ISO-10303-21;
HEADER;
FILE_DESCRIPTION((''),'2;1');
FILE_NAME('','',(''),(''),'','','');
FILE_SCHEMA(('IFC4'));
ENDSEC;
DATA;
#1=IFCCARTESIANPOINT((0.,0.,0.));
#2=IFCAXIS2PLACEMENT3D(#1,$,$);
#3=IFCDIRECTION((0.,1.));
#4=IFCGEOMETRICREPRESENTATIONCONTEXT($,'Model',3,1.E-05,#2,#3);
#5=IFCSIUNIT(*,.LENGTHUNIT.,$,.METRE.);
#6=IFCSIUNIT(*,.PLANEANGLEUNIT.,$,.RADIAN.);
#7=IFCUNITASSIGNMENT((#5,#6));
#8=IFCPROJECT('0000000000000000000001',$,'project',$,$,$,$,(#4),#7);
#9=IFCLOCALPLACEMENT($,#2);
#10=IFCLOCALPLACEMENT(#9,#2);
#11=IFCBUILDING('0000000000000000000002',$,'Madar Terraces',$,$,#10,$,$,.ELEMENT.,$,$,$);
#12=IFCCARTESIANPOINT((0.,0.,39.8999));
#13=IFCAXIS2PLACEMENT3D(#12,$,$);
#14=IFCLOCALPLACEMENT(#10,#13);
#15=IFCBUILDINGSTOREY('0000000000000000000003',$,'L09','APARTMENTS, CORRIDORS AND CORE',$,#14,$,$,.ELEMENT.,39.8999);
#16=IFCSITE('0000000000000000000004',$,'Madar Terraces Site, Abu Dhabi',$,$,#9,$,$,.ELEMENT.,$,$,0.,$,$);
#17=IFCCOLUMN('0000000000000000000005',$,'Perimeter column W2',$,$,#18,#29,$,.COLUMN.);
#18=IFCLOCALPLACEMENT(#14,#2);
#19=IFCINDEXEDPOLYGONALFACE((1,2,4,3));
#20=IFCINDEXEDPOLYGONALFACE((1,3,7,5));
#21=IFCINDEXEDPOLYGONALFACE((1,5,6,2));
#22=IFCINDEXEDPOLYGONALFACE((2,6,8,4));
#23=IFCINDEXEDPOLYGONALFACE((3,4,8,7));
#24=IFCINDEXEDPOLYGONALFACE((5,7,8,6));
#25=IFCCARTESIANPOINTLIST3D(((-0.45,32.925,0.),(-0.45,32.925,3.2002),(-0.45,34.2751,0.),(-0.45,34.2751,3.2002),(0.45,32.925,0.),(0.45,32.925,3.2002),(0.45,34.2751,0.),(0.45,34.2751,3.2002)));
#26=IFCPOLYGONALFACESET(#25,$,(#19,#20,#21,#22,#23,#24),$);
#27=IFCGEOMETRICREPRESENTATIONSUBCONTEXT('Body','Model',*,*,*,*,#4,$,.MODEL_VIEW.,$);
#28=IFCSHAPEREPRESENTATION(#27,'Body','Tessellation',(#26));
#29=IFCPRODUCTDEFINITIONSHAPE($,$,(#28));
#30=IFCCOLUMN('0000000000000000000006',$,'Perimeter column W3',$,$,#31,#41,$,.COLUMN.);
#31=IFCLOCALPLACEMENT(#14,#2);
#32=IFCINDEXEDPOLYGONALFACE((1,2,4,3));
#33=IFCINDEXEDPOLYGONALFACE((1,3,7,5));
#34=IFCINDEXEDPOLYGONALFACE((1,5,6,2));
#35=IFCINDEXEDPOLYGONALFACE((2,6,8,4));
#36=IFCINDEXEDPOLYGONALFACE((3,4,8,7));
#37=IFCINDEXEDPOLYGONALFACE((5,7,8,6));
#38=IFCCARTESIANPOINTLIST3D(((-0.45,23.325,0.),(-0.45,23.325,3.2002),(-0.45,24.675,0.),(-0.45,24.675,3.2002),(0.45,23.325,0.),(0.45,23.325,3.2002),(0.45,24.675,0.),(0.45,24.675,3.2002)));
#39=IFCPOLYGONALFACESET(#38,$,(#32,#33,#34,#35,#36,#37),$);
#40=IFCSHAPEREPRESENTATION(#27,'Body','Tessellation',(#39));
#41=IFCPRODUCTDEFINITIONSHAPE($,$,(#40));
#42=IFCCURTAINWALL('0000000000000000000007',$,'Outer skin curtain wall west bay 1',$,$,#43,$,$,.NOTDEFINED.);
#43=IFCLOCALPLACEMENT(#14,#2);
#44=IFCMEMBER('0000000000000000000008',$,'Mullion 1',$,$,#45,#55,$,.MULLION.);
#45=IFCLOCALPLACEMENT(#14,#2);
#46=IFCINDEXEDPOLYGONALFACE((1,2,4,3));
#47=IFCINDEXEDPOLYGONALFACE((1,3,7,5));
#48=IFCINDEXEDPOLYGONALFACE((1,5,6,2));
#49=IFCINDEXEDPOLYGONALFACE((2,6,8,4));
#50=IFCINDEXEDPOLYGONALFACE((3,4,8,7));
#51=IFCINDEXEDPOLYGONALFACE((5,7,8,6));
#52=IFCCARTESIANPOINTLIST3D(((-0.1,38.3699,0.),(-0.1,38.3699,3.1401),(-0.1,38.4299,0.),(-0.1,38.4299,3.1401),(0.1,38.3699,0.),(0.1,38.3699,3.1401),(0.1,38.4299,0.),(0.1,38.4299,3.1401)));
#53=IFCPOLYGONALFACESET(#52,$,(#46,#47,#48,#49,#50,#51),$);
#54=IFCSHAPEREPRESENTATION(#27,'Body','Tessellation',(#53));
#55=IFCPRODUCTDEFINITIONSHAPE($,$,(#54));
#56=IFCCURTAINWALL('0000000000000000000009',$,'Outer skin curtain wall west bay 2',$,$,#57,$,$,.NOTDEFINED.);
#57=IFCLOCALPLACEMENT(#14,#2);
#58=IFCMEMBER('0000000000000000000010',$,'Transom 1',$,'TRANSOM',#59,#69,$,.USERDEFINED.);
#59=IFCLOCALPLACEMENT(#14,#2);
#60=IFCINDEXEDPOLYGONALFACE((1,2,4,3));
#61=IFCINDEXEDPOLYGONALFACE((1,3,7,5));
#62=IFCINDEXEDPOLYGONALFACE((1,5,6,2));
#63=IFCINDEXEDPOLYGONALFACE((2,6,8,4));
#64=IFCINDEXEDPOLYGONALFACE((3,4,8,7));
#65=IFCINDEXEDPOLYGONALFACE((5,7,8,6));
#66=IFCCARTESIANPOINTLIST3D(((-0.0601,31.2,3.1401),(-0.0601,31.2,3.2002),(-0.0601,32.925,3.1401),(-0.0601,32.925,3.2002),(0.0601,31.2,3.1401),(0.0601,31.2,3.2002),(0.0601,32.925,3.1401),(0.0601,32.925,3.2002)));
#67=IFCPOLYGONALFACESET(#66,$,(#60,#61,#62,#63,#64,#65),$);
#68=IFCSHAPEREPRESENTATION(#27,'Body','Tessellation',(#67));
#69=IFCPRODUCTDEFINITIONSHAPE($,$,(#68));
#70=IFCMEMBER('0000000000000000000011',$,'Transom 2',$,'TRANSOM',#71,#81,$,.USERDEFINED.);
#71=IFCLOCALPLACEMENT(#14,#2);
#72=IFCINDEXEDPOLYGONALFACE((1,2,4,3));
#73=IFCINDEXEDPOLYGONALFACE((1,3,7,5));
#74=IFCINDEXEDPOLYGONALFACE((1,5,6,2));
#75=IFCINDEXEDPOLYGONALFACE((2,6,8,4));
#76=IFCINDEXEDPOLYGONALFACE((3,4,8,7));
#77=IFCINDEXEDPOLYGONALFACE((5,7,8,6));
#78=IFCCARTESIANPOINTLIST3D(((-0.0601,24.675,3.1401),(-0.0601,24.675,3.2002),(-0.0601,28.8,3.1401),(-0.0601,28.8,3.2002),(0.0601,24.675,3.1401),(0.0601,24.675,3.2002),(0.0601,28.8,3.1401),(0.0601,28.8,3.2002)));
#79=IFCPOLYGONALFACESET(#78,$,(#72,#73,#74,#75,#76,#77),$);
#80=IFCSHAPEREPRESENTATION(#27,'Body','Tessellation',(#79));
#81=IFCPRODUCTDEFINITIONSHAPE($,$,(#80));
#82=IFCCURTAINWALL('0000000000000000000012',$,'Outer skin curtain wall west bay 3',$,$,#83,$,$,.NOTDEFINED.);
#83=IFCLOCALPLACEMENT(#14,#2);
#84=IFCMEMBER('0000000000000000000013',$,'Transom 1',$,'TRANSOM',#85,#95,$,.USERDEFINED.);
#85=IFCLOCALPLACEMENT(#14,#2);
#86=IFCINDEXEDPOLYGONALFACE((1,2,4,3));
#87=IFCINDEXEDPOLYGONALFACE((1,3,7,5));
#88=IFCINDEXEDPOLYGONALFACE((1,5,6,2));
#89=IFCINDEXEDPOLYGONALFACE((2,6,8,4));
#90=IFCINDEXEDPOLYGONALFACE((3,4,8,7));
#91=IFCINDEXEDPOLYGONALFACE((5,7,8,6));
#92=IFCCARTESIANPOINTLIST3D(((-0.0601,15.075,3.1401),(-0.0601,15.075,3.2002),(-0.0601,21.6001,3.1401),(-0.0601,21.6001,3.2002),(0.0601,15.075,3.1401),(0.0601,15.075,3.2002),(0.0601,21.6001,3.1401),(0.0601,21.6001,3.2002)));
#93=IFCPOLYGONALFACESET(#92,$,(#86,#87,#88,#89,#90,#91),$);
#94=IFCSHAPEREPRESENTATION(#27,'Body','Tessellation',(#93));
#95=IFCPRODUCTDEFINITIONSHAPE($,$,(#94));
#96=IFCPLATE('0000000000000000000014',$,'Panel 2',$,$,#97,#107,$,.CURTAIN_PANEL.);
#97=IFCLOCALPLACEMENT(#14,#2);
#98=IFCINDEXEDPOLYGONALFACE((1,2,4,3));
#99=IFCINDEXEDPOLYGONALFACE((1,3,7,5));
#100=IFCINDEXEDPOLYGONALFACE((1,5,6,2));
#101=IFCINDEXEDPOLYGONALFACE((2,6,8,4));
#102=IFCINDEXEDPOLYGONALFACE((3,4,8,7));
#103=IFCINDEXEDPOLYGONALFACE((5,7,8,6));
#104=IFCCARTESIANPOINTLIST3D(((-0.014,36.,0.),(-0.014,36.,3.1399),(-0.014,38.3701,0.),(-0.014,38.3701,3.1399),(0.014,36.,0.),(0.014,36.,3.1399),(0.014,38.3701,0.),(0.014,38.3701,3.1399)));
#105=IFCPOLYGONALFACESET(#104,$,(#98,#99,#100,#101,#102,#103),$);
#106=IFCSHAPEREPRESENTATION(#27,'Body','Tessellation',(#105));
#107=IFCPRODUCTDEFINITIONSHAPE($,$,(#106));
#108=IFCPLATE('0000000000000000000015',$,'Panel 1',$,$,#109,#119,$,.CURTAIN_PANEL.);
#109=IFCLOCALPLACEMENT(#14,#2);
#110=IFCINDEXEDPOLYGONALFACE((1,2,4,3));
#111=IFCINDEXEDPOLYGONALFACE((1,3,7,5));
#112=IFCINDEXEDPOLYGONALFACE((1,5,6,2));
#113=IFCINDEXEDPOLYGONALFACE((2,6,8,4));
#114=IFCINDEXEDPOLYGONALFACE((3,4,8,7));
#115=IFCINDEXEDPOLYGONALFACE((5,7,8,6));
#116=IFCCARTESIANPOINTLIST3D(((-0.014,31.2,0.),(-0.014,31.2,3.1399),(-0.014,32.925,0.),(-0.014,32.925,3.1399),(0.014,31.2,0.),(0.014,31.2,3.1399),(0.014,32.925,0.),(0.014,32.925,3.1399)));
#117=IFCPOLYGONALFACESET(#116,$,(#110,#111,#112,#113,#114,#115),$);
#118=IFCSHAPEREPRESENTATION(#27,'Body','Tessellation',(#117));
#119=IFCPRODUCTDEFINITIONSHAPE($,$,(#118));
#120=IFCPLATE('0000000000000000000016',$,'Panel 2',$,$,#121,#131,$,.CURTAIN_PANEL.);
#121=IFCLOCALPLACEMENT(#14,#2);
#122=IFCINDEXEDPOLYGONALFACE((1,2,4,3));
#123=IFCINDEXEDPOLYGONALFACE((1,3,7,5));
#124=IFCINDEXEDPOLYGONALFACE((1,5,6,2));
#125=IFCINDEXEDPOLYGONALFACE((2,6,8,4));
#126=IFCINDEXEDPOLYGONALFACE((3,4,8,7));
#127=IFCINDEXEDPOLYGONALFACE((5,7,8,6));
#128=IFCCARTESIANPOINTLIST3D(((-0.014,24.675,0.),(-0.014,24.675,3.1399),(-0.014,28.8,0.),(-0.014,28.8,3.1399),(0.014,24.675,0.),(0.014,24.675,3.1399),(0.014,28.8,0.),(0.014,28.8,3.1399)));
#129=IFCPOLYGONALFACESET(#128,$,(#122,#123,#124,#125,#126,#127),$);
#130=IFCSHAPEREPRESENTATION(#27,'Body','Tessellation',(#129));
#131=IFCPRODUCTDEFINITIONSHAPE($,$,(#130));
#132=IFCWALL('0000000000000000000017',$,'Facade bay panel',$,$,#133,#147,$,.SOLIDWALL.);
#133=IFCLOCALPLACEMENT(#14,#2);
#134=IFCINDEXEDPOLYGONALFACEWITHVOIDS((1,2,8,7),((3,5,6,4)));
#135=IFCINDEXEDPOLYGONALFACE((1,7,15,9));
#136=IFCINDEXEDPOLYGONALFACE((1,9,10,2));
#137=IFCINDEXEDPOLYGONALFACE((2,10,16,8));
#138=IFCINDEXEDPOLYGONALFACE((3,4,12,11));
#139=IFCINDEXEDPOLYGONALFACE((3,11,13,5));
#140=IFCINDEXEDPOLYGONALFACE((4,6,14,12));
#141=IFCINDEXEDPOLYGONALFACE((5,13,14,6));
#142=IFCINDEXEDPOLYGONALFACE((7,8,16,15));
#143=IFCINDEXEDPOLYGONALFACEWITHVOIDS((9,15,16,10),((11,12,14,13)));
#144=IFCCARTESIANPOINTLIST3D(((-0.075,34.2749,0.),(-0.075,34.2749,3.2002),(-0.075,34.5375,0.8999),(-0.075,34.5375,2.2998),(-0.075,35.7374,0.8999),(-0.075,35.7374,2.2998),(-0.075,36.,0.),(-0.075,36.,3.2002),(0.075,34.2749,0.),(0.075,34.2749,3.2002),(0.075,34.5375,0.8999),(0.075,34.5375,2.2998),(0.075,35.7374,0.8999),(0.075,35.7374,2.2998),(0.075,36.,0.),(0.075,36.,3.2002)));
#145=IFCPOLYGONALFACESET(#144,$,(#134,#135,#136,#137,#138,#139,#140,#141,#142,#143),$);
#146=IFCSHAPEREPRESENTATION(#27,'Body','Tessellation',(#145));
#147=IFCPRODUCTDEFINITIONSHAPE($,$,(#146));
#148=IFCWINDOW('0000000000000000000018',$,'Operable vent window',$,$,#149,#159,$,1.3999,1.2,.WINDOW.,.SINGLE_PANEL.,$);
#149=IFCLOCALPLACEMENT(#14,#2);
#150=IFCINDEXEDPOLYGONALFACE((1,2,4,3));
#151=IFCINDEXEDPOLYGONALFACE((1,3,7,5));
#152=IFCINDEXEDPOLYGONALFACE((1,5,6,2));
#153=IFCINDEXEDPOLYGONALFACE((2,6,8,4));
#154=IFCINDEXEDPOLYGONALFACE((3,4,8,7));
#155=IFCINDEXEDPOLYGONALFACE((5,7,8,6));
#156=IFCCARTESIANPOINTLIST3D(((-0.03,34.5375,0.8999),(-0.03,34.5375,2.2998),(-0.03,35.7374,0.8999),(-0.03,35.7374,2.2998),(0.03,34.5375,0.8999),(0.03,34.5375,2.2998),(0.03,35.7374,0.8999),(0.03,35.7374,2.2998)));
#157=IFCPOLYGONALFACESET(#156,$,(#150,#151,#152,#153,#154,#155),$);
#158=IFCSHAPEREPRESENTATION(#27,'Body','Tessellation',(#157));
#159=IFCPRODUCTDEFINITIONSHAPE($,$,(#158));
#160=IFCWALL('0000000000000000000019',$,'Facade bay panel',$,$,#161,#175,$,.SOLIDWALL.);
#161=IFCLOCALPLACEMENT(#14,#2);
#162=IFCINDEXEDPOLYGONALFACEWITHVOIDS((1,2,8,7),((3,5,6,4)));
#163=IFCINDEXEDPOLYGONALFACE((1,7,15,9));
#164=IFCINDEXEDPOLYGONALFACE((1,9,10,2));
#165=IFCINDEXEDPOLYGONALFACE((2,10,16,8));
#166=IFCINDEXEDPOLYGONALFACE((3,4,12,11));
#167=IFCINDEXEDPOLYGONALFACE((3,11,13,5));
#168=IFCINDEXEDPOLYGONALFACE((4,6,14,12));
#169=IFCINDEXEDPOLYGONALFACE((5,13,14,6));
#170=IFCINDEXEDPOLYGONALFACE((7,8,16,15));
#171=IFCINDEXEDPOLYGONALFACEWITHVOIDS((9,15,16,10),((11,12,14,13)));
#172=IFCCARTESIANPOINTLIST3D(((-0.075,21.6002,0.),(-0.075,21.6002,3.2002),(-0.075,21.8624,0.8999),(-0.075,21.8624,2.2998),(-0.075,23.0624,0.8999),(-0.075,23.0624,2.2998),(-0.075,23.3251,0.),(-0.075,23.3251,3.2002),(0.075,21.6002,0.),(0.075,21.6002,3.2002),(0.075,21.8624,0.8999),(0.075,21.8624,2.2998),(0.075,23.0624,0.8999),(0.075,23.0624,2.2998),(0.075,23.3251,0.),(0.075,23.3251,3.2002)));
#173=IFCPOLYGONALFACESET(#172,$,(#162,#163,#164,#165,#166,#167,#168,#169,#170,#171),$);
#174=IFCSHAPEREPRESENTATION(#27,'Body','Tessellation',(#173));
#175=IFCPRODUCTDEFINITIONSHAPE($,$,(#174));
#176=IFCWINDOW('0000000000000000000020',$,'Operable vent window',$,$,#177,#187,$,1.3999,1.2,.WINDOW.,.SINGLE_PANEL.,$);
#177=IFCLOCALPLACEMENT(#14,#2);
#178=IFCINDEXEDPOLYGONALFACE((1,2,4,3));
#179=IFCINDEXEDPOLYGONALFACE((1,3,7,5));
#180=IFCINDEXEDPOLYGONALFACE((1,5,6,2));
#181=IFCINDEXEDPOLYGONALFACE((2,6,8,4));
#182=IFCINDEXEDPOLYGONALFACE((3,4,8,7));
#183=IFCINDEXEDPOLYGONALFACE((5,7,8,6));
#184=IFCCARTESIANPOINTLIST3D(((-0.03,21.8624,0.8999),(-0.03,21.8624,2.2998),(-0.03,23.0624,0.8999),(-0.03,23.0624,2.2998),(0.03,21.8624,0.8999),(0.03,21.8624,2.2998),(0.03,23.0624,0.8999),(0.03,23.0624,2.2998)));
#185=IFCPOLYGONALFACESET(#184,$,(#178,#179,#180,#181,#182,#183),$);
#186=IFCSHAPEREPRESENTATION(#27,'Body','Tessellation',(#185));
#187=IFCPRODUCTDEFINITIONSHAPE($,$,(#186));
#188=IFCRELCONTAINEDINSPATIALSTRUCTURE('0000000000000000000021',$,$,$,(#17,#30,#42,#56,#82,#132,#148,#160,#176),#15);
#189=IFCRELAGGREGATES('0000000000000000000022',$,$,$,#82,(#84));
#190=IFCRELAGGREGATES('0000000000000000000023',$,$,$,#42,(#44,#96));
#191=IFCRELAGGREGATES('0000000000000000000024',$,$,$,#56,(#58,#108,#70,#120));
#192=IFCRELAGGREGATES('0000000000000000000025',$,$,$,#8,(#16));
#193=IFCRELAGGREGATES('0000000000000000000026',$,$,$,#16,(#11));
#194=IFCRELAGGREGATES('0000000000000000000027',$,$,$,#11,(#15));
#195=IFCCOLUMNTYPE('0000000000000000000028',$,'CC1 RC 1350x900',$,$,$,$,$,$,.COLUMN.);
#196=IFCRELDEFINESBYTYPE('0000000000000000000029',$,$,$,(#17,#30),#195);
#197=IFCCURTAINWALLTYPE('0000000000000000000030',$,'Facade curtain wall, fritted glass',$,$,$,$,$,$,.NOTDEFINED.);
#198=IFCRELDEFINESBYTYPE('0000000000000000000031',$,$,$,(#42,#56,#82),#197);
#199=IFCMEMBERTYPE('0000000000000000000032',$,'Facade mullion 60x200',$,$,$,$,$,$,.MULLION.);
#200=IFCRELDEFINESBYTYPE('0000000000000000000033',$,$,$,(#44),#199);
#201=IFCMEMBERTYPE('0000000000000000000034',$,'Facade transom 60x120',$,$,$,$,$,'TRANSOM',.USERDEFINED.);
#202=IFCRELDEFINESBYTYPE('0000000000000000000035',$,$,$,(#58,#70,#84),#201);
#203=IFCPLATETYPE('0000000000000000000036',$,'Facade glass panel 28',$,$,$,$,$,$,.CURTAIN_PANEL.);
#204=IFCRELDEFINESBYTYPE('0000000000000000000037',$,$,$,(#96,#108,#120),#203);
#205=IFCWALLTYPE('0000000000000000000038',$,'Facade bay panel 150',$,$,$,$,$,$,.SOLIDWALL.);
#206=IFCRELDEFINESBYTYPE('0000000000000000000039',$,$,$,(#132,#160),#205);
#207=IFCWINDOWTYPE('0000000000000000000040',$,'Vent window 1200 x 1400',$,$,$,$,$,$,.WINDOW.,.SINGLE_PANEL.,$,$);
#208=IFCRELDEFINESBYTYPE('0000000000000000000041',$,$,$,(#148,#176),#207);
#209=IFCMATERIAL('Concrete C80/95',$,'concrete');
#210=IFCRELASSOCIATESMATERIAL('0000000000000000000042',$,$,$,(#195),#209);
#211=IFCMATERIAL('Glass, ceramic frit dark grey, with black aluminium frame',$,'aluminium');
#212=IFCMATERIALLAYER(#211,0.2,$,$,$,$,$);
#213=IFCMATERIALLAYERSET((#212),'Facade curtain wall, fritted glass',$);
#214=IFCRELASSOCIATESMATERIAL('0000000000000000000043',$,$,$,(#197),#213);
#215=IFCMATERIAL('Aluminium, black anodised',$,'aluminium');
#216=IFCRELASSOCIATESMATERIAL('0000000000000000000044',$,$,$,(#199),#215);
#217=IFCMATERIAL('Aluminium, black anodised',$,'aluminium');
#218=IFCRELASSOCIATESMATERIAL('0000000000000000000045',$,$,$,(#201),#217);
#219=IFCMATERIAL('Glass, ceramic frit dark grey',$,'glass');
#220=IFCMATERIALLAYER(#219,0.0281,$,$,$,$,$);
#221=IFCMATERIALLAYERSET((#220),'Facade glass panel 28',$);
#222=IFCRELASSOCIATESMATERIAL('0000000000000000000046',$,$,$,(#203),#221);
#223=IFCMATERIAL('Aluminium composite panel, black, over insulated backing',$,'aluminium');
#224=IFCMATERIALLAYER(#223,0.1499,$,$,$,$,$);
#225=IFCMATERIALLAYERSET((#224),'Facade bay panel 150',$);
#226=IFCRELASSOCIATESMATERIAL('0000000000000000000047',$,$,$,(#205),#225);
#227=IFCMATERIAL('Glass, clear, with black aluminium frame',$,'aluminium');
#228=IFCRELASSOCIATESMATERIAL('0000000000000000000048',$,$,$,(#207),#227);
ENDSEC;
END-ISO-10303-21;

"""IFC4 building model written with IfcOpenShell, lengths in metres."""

from ifc_helpers import new_model, si_unit, direction, frame, frame_2d, origin, origin_2d, place, context, subcontext, project, spatial, rectangle, extrude, material, layer, layer_set, material_profile, profile_set, type_object, element, fill, aggregate, save


model = new_model("IFC4")

# Units and contexts
model_context = context("Model", 3, precision=1e-05, world=origin(), true_north=direction((0.0, 1.0)))
body_context = subcontext(model_context, "Body", "Model", "MODEL_VIEW")
ifc_project = project(units=[si_unit("LENGTHUNIT", "METRE"), si_unit("PLANEANGLEUNIT", "RADIAN")], contexts=[model_context])

# Site, building, storey
site_placement = place(None, origin())
site = spatial("IfcSite", under=ifc_project, at=site_placement, Name="Madar Terraces Site, Abu Dhabi", CompositionType="ELEMENT", RefElevation=0.0)
building_placement = place(site_placement, origin())
building = spatial("IfcBuilding", under=site, at=building_placement, Name="Madar Terraces", CompositionType="ELEMENT")
storey_placement = place(building_placement, frame((0.0, 0.0, 39.8999)))
storey = spatial("IfcBuildingStorey", under=building, at=storey_placement, Name="L09", Description="APARTMENTS, CORRIDORS AND CORE", CompositionType="ELEMENT", Elevation=39.8999)

# Columns
ifc_material_1 = material(Name="Concrete C80/95", Category="concrete")
ifc_material_profile_1 = material_profile(ifc_material_1, rectangle(XDim=1.3501, YDim=0.8999, at=origin_2d()), Name="CC1 RC 1350x900")
ifc_profile_set_1 = profile_set([ifc_material_profile_1], Name="Concrete C80/95")
column_type = type_object("IfcColumnType", Name="CC1 RC 1350x900", PredefinedType="COLUMN", material=ifc_profile_set_1)
for number, where, z_axis, x_axis, name in (
    (1, (0.0, 33.6001, 0.0), (0.0, 0.0, 1.0), (0.0, 1.0, 0.0), "Perimeter column W2"),
    (2, (0.0, 24.0, 0.0), (0.0, 0.0, 1.0), (0.0, 1.0, 0.0), "Perimeter column W3"),
):
    element("IfcColumn", number, at=place(storey_placement, frame(where, z_axis=z_axis, x_axis=x_axis)), inside=storey, type_object=column_type, Name=name, PredefinedType="COLUMN", context=body_context, shape_type="SweptSolid", body=[
        extrude(rectangle(XDim=1.3501, YDim=0.8999, at=origin_2d()), origin(), (0.0, 0.0, 1.0), 3.2002),
    ])

# Curtain wall, member
ifc_material_2 = material(Name="Glass, ceramic frit dark grey, with black aluminium frame", Category="aluminium")
ifc_layer_1 = layer(ifc_material_2, 0.2)
ifc_layer_set_1 = layer_set([ifc_layer_1], Name="Facade curtain wall, fritted glass")
curtain_wall_type = type_object("IfcCurtainWallType", Name="Facade curtain wall, fritted glass", PredefinedType="NOTDEFINED", material=ifc_layer_set_1)
curtain_wall_1_placement = place(storey_placement, origin())
curtain_wall_1 = element("IfcCurtainWall", 3, at=curtain_wall_1_placement, inside=storey, type_object=curtain_wall_type, Name="Outer skin curtain wall west bay 1", PredefinedType="NOTDEFINED")
ifc_material_3 = material(Name="Aluminium, black anodised", Category="aluminium")
ifc_material_profile_2 = material_profile(ifc_material_3, rectangle(XDim=0.2, YDim=0.0601, at=origin_2d()), Name="Facade mullion 60x200")
ifc_profile_set_2 = profile_set([ifc_material_profile_2], Name="Aluminium, black anodised")
member_type_1 = type_object("IfcMemberType", Name="Facade mullion 60x200", PredefinedType="MULLION", material=ifc_profile_set_2)
member_1_placement = place(storey_placement, frame((0.0, 38.3999, 0.0), z_axis=(0.0, 0.0, 1.0), x_axis=(1.0, 0.0, 0.0)))
member_1 = element("IfcMember", 4, at=member_1_placement, type_object=member_type_1, Name="Mullion 1", PredefinedType="MULLION", context=body_context, shape_type="SweptSolid", body=[
    extrude(rectangle(XDim=0.2, YDim=0.0601, at=origin_2d()), origin(), (0.0, 0.0, 1.0), 3.1401),
])

# Curtain wall, members
curtain_wall_2_placement = place(storey_placement, origin())
curtain_wall_2 = element("IfcCurtainWall", 5, at=curtain_wall_2_placement, inside=storey, type_object=curtain_wall_type, Name="Outer skin curtain wall west bay 2", PredefinedType="NOTDEFINED")
ifc_material_4 = material(Name="Aluminium, black anodised", Category="aluminium")
ifc_material_profile_3 = material_profile(ifc_material_4, rectangle(XDim=0.1201, YDim=0.0601, at=origin_2d()), Name="Facade transom 60x120")
ifc_profile_set_3 = profile_set([ifc_material_profile_3], Name="Aluminium, black anodised")
member_type_2 = type_object("IfcMemberType", Name="Facade transom 60x120", ElementType="TRANSOM", PredefinedType="USERDEFINED", material=ifc_profile_set_3)
member_2_placement = place(storey_placement, frame((0.0, 32.925, 3.1702), z_axis=(0.0, -1.0, 0.0), x_axis=(1.0, 0.0, 0.0)))
member_2 = element("IfcMember", 6, at=member_2_placement, type_object=member_type_2, Name="Transom 1", ObjectType="TRANSOM", PredefinedType="USERDEFINED", context=body_context, shape_type="SweptSolid", body=[
    extrude(rectangle(XDim=0.1201, YDim=0.0601, at=origin_2d()), origin(), (0.0, 0.0, 1.0), 1.7251),
])
member_3_placement = place(storey_placement, frame((0.0, 28.8, 3.1702), z_axis=(0.0, -1.0, 0.0), x_axis=(1.0, 0.0, 0.0)))
member_3 = element("IfcMember", 7, at=member_3_placement, type_object=member_type_2, Name="Transom 2", ObjectType="TRANSOM", PredefinedType="USERDEFINED", context=body_context, shape_type="SweptSolid", body=[
    extrude(rectangle(XDim=0.1201, YDim=0.0601, at=origin_2d()), origin(), (0.0, 0.0, 1.0), 4.125),
])

# Curtain wall, member
curtain_wall_3_placement = place(storey_placement, origin())
curtain_wall_3 = element("IfcCurtainWall", 8, at=curtain_wall_3_placement, inside=storey, type_object=curtain_wall_type, Name="Outer skin curtain wall west bay 3", PredefinedType="NOTDEFINED")
member_4_placement = place(storey_placement, frame((0.0, 21.6001, 3.1702), z_axis=(0.0, -1.0, 0.0), x_axis=(1.0, 0.0, 0.0)))
member_4 = element("IfcMember", 9, at=member_4_placement, type_object=member_type_2, Name="Transom 1", ObjectType="TRANSOM", PredefinedType="USERDEFINED", context=body_context, shape_type="SweptSolid", body=[
    extrude(rectangle(XDim=0.1201, YDim=0.0601, at=origin_2d()), origin(), (0.0, 0.0, 1.0), 6.5251),
])
aggregate(curtain_wall_3, [member_4])

# Plates
ifc_material_5 = material(Name="Glass, ceramic frit dark grey", Category="glass")
ifc_layer_2 = layer(ifc_material_5, 0.0281)
ifc_layer_set_2 = layer_set([ifc_layer_2], Name="Facade glass panel 28")
plate_type = type_object("IfcPlateType", Name="Facade glass panel 28", PredefinedType="CURTAIN_PANEL", material=ifc_layer_set_2)
plate_1_placement = place(storey_placement, frame((0.0, 37.1851, 0.0), z_axis=(0.0, 0.0, 1.0), x_axis=(0.0, -1.0, 0.0)))
plate_1 = element("IfcPlate", 10, at=plate_1_placement, type_object=plate_type, Name="Panel 2", PredefinedType="CURTAIN_PANEL", context=body_context, shape_type="SweptSolid", body=[
    extrude(rectangle(XDim=2.3701, YDim=0.0281, at=origin_2d()), origin(), (0.0, 0.0, 1.0), 3.1399),
])
aggregate(curtain_wall_1, [member_1, plate_1])
plate_2_placement = place(storey_placement, frame((0.0, 32.0625, 0.0), z_axis=(0.0, 0.0, 1.0), x_axis=(0.0, -1.0, 0.0)))
plate_2 = element("IfcPlate", 11, at=plate_2_placement, type_object=plate_type, Name="Panel 1", PredefinedType="CURTAIN_PANEL", context=body_context, shape_type="SweptSolid", body=[
    extrude(rectangle(XDim=1.7251, YDim=0.0281, at=origin_2d()), origin(), (0.0, 0.0, 1.0), 3.1399),
])
plate_3_placement = place(storey_placement, frame((0.0, 26.7375, 0.0), z_axis=(0.0, 0.0, 1.0), x_axis=(0.0, -1.0, 0.0)))
plate_3 = element("IfcPlate", 12, at=plate_3_placement, type_object=plate_type, Name="Panel 2", PredefinedType="CURTAIN_PANEL", context=body_context, shape_type="SweptSolid", body=[
    extrude(rectangle(XDim=4.125, YDim=0.0281, at=origin_2d()), origin(), (0.0, 0.0, 1.0), 3.1399),
])
aggregate(curtain_wall_2, [member_2, plate_2, member_3, plate_3])

# Wall, opening, window
ifc_material_6 = material(Name="Aluminium composite panel, black, over insulated backing", Category="aluminium")
ifc_layer_3 = layer(ifc_material_6, 0.1499)
ifc_layer_set_3 = layer_set([ifc_layer_3], Name="Facade bay panel 150")
wall_type_1 = type_object("IfcWallType", Name="Facade bay panel 150", PredefinedType="SOLIDWALL", material=ifc_layer_set_3)
wall_1_placement = place(storey_placement, frame((0.0, 36.0, 0.0), z_axis=(0.0, 0.0, 1.0), x_axis=(0.0, -1.0, 0.0)))
wall_1 = element("IfcWall", 13, at=wall_1_placement, inside=storey, type_object=wall_type_1, Name="Facade bay panel", PredefinedType="SOLIDWALL", context=body_context, shape_type="SweptSolid", body=[
    extrude(rectangle(XDim=1.7251, YDim=0.1499, at=frame_2d((0.8625, 0.0))), origin(), (0.0, 0.0, 1.0), 3.2002),
])
opening_1_placement = place(wall_1_placement, frame((0.2625, 0.0, 0.8999)))
opening_1 = element("IfcOpeningElement", 14, at=opening_1_placement, cuts=wall_1, PredefinedType="OPENING", context=body_context, shape_type="SweptSolid", body=[
    extrude(rectangle(XDim=1.2, YDim=1.3999, at=frame_2d((0.6001, 0.7))), frame((0.0, 0.085, 0.0), z_axis=(0.0, -1.0, 0.0), x_axis=(1.0, 0.0, 0.0)), (0.0, 0.0, 1.0), 0.1699),
])
ifc_material_7 = material(Name="Glass, clear, with black aluminium frame", Category="aluminium")
window_type = type_object("IfcWindowType", Name="Vent window 1200 x 1400", PartitioningType="SINGLE_PANEL", PredefinedType="WINDOW", material=ifc_material_7)
window_1_placement = place(opening_1_placement, origin())
window_1 = element("IfcWindow", 15, at=window_1_placement, inside=storey, type_object=window_type, Name="Operable vent window", OverallHeight=1.3999, OverallWidth=1.2, PartitioningType="SINGLE_PANEL", PredefinedType="WINDOW", context=body_context, shape_type="SweptSolid", body=[
    extrude(rectangle(XDim=1.2, YDim=1.3999, at=frame_2d((0.6001, 0.7))), frame((0.0, 0.03, 0.0), z_axis=(0.0, -1.0, 0.0), x_axis=(1.0, 0.0, 0.0)), (0.0, 0.0, 1.0), 0.0601),
])
fill(opening_1, window_1)

# Wall, opening, window
wall_2_placement = place(storey_placement, frame((0.0, 23.325, 0.0), z_axis=(0.0, 0.0, 1.0), x_axis=(0.0, -1.0, 0.0)))
wall_2 = element("IfcWall", 16, at=wall_2_placement, inside=storey, type_object=wall_type_1, Name="Facade bay panel", PredefinedType="SOLIDWALL", context=body_context, shape_type="SweptSolid", body=[
    extrude(rectangle(XDim=1.7249, YDim=0.1499, at=frame_2d((0.8623, 0.0))), origin(), (0.0, 0.0, 1.0), 3.2002),
])
opening_2_placement = place(wall_2_placement, frame((0.2625, 0.0, 0.8999)))
opening_2 = element("IfcOpeningElement", 17, at=opening_2_placement, cuts=wall_2, PredefinedType="OPENING", context=body_context, shape_type="SweptSolid", body=[
    extrude(rectangle(XDim=1.2, YDim=1.3999, at=frame_2d((0.6001, 0.7))), frame((0.0, 0.085, 0.0), z_axis=(0.0, -1.0, 0.0), x_axis=(1.0, 0.0, 0.0)), (0.0, 0.0, 1.0), 0.1699),
])
window_2_placement = place(opening_2_placement, origin())
window_2 = element("IfcWindow", 18, at=window_2_placement, inside=storey, type_object=window_type, Name="Operable vent window", OverallHeight=1.3999, OverallWidth=1.2, PartitioningType="SINGLE_PANEL", PredefinedType="WINDOW", context=body_context, shape_type="SweptSolid", body=[
    extrude(rectangle(XDim=1.2, YDim=1.3999, at=frame_2d((0.6001, 0.7))), frame((0.0, 0.03, 0.0), z_axis=(0.0, -1.0, 0.0), x_axis=(1.0, 0.0, 0.0)), (0.0, 0.0, 1.0), 0.0601),
])
fill(opening_2, window_2)

save(model, "model.ifc")
